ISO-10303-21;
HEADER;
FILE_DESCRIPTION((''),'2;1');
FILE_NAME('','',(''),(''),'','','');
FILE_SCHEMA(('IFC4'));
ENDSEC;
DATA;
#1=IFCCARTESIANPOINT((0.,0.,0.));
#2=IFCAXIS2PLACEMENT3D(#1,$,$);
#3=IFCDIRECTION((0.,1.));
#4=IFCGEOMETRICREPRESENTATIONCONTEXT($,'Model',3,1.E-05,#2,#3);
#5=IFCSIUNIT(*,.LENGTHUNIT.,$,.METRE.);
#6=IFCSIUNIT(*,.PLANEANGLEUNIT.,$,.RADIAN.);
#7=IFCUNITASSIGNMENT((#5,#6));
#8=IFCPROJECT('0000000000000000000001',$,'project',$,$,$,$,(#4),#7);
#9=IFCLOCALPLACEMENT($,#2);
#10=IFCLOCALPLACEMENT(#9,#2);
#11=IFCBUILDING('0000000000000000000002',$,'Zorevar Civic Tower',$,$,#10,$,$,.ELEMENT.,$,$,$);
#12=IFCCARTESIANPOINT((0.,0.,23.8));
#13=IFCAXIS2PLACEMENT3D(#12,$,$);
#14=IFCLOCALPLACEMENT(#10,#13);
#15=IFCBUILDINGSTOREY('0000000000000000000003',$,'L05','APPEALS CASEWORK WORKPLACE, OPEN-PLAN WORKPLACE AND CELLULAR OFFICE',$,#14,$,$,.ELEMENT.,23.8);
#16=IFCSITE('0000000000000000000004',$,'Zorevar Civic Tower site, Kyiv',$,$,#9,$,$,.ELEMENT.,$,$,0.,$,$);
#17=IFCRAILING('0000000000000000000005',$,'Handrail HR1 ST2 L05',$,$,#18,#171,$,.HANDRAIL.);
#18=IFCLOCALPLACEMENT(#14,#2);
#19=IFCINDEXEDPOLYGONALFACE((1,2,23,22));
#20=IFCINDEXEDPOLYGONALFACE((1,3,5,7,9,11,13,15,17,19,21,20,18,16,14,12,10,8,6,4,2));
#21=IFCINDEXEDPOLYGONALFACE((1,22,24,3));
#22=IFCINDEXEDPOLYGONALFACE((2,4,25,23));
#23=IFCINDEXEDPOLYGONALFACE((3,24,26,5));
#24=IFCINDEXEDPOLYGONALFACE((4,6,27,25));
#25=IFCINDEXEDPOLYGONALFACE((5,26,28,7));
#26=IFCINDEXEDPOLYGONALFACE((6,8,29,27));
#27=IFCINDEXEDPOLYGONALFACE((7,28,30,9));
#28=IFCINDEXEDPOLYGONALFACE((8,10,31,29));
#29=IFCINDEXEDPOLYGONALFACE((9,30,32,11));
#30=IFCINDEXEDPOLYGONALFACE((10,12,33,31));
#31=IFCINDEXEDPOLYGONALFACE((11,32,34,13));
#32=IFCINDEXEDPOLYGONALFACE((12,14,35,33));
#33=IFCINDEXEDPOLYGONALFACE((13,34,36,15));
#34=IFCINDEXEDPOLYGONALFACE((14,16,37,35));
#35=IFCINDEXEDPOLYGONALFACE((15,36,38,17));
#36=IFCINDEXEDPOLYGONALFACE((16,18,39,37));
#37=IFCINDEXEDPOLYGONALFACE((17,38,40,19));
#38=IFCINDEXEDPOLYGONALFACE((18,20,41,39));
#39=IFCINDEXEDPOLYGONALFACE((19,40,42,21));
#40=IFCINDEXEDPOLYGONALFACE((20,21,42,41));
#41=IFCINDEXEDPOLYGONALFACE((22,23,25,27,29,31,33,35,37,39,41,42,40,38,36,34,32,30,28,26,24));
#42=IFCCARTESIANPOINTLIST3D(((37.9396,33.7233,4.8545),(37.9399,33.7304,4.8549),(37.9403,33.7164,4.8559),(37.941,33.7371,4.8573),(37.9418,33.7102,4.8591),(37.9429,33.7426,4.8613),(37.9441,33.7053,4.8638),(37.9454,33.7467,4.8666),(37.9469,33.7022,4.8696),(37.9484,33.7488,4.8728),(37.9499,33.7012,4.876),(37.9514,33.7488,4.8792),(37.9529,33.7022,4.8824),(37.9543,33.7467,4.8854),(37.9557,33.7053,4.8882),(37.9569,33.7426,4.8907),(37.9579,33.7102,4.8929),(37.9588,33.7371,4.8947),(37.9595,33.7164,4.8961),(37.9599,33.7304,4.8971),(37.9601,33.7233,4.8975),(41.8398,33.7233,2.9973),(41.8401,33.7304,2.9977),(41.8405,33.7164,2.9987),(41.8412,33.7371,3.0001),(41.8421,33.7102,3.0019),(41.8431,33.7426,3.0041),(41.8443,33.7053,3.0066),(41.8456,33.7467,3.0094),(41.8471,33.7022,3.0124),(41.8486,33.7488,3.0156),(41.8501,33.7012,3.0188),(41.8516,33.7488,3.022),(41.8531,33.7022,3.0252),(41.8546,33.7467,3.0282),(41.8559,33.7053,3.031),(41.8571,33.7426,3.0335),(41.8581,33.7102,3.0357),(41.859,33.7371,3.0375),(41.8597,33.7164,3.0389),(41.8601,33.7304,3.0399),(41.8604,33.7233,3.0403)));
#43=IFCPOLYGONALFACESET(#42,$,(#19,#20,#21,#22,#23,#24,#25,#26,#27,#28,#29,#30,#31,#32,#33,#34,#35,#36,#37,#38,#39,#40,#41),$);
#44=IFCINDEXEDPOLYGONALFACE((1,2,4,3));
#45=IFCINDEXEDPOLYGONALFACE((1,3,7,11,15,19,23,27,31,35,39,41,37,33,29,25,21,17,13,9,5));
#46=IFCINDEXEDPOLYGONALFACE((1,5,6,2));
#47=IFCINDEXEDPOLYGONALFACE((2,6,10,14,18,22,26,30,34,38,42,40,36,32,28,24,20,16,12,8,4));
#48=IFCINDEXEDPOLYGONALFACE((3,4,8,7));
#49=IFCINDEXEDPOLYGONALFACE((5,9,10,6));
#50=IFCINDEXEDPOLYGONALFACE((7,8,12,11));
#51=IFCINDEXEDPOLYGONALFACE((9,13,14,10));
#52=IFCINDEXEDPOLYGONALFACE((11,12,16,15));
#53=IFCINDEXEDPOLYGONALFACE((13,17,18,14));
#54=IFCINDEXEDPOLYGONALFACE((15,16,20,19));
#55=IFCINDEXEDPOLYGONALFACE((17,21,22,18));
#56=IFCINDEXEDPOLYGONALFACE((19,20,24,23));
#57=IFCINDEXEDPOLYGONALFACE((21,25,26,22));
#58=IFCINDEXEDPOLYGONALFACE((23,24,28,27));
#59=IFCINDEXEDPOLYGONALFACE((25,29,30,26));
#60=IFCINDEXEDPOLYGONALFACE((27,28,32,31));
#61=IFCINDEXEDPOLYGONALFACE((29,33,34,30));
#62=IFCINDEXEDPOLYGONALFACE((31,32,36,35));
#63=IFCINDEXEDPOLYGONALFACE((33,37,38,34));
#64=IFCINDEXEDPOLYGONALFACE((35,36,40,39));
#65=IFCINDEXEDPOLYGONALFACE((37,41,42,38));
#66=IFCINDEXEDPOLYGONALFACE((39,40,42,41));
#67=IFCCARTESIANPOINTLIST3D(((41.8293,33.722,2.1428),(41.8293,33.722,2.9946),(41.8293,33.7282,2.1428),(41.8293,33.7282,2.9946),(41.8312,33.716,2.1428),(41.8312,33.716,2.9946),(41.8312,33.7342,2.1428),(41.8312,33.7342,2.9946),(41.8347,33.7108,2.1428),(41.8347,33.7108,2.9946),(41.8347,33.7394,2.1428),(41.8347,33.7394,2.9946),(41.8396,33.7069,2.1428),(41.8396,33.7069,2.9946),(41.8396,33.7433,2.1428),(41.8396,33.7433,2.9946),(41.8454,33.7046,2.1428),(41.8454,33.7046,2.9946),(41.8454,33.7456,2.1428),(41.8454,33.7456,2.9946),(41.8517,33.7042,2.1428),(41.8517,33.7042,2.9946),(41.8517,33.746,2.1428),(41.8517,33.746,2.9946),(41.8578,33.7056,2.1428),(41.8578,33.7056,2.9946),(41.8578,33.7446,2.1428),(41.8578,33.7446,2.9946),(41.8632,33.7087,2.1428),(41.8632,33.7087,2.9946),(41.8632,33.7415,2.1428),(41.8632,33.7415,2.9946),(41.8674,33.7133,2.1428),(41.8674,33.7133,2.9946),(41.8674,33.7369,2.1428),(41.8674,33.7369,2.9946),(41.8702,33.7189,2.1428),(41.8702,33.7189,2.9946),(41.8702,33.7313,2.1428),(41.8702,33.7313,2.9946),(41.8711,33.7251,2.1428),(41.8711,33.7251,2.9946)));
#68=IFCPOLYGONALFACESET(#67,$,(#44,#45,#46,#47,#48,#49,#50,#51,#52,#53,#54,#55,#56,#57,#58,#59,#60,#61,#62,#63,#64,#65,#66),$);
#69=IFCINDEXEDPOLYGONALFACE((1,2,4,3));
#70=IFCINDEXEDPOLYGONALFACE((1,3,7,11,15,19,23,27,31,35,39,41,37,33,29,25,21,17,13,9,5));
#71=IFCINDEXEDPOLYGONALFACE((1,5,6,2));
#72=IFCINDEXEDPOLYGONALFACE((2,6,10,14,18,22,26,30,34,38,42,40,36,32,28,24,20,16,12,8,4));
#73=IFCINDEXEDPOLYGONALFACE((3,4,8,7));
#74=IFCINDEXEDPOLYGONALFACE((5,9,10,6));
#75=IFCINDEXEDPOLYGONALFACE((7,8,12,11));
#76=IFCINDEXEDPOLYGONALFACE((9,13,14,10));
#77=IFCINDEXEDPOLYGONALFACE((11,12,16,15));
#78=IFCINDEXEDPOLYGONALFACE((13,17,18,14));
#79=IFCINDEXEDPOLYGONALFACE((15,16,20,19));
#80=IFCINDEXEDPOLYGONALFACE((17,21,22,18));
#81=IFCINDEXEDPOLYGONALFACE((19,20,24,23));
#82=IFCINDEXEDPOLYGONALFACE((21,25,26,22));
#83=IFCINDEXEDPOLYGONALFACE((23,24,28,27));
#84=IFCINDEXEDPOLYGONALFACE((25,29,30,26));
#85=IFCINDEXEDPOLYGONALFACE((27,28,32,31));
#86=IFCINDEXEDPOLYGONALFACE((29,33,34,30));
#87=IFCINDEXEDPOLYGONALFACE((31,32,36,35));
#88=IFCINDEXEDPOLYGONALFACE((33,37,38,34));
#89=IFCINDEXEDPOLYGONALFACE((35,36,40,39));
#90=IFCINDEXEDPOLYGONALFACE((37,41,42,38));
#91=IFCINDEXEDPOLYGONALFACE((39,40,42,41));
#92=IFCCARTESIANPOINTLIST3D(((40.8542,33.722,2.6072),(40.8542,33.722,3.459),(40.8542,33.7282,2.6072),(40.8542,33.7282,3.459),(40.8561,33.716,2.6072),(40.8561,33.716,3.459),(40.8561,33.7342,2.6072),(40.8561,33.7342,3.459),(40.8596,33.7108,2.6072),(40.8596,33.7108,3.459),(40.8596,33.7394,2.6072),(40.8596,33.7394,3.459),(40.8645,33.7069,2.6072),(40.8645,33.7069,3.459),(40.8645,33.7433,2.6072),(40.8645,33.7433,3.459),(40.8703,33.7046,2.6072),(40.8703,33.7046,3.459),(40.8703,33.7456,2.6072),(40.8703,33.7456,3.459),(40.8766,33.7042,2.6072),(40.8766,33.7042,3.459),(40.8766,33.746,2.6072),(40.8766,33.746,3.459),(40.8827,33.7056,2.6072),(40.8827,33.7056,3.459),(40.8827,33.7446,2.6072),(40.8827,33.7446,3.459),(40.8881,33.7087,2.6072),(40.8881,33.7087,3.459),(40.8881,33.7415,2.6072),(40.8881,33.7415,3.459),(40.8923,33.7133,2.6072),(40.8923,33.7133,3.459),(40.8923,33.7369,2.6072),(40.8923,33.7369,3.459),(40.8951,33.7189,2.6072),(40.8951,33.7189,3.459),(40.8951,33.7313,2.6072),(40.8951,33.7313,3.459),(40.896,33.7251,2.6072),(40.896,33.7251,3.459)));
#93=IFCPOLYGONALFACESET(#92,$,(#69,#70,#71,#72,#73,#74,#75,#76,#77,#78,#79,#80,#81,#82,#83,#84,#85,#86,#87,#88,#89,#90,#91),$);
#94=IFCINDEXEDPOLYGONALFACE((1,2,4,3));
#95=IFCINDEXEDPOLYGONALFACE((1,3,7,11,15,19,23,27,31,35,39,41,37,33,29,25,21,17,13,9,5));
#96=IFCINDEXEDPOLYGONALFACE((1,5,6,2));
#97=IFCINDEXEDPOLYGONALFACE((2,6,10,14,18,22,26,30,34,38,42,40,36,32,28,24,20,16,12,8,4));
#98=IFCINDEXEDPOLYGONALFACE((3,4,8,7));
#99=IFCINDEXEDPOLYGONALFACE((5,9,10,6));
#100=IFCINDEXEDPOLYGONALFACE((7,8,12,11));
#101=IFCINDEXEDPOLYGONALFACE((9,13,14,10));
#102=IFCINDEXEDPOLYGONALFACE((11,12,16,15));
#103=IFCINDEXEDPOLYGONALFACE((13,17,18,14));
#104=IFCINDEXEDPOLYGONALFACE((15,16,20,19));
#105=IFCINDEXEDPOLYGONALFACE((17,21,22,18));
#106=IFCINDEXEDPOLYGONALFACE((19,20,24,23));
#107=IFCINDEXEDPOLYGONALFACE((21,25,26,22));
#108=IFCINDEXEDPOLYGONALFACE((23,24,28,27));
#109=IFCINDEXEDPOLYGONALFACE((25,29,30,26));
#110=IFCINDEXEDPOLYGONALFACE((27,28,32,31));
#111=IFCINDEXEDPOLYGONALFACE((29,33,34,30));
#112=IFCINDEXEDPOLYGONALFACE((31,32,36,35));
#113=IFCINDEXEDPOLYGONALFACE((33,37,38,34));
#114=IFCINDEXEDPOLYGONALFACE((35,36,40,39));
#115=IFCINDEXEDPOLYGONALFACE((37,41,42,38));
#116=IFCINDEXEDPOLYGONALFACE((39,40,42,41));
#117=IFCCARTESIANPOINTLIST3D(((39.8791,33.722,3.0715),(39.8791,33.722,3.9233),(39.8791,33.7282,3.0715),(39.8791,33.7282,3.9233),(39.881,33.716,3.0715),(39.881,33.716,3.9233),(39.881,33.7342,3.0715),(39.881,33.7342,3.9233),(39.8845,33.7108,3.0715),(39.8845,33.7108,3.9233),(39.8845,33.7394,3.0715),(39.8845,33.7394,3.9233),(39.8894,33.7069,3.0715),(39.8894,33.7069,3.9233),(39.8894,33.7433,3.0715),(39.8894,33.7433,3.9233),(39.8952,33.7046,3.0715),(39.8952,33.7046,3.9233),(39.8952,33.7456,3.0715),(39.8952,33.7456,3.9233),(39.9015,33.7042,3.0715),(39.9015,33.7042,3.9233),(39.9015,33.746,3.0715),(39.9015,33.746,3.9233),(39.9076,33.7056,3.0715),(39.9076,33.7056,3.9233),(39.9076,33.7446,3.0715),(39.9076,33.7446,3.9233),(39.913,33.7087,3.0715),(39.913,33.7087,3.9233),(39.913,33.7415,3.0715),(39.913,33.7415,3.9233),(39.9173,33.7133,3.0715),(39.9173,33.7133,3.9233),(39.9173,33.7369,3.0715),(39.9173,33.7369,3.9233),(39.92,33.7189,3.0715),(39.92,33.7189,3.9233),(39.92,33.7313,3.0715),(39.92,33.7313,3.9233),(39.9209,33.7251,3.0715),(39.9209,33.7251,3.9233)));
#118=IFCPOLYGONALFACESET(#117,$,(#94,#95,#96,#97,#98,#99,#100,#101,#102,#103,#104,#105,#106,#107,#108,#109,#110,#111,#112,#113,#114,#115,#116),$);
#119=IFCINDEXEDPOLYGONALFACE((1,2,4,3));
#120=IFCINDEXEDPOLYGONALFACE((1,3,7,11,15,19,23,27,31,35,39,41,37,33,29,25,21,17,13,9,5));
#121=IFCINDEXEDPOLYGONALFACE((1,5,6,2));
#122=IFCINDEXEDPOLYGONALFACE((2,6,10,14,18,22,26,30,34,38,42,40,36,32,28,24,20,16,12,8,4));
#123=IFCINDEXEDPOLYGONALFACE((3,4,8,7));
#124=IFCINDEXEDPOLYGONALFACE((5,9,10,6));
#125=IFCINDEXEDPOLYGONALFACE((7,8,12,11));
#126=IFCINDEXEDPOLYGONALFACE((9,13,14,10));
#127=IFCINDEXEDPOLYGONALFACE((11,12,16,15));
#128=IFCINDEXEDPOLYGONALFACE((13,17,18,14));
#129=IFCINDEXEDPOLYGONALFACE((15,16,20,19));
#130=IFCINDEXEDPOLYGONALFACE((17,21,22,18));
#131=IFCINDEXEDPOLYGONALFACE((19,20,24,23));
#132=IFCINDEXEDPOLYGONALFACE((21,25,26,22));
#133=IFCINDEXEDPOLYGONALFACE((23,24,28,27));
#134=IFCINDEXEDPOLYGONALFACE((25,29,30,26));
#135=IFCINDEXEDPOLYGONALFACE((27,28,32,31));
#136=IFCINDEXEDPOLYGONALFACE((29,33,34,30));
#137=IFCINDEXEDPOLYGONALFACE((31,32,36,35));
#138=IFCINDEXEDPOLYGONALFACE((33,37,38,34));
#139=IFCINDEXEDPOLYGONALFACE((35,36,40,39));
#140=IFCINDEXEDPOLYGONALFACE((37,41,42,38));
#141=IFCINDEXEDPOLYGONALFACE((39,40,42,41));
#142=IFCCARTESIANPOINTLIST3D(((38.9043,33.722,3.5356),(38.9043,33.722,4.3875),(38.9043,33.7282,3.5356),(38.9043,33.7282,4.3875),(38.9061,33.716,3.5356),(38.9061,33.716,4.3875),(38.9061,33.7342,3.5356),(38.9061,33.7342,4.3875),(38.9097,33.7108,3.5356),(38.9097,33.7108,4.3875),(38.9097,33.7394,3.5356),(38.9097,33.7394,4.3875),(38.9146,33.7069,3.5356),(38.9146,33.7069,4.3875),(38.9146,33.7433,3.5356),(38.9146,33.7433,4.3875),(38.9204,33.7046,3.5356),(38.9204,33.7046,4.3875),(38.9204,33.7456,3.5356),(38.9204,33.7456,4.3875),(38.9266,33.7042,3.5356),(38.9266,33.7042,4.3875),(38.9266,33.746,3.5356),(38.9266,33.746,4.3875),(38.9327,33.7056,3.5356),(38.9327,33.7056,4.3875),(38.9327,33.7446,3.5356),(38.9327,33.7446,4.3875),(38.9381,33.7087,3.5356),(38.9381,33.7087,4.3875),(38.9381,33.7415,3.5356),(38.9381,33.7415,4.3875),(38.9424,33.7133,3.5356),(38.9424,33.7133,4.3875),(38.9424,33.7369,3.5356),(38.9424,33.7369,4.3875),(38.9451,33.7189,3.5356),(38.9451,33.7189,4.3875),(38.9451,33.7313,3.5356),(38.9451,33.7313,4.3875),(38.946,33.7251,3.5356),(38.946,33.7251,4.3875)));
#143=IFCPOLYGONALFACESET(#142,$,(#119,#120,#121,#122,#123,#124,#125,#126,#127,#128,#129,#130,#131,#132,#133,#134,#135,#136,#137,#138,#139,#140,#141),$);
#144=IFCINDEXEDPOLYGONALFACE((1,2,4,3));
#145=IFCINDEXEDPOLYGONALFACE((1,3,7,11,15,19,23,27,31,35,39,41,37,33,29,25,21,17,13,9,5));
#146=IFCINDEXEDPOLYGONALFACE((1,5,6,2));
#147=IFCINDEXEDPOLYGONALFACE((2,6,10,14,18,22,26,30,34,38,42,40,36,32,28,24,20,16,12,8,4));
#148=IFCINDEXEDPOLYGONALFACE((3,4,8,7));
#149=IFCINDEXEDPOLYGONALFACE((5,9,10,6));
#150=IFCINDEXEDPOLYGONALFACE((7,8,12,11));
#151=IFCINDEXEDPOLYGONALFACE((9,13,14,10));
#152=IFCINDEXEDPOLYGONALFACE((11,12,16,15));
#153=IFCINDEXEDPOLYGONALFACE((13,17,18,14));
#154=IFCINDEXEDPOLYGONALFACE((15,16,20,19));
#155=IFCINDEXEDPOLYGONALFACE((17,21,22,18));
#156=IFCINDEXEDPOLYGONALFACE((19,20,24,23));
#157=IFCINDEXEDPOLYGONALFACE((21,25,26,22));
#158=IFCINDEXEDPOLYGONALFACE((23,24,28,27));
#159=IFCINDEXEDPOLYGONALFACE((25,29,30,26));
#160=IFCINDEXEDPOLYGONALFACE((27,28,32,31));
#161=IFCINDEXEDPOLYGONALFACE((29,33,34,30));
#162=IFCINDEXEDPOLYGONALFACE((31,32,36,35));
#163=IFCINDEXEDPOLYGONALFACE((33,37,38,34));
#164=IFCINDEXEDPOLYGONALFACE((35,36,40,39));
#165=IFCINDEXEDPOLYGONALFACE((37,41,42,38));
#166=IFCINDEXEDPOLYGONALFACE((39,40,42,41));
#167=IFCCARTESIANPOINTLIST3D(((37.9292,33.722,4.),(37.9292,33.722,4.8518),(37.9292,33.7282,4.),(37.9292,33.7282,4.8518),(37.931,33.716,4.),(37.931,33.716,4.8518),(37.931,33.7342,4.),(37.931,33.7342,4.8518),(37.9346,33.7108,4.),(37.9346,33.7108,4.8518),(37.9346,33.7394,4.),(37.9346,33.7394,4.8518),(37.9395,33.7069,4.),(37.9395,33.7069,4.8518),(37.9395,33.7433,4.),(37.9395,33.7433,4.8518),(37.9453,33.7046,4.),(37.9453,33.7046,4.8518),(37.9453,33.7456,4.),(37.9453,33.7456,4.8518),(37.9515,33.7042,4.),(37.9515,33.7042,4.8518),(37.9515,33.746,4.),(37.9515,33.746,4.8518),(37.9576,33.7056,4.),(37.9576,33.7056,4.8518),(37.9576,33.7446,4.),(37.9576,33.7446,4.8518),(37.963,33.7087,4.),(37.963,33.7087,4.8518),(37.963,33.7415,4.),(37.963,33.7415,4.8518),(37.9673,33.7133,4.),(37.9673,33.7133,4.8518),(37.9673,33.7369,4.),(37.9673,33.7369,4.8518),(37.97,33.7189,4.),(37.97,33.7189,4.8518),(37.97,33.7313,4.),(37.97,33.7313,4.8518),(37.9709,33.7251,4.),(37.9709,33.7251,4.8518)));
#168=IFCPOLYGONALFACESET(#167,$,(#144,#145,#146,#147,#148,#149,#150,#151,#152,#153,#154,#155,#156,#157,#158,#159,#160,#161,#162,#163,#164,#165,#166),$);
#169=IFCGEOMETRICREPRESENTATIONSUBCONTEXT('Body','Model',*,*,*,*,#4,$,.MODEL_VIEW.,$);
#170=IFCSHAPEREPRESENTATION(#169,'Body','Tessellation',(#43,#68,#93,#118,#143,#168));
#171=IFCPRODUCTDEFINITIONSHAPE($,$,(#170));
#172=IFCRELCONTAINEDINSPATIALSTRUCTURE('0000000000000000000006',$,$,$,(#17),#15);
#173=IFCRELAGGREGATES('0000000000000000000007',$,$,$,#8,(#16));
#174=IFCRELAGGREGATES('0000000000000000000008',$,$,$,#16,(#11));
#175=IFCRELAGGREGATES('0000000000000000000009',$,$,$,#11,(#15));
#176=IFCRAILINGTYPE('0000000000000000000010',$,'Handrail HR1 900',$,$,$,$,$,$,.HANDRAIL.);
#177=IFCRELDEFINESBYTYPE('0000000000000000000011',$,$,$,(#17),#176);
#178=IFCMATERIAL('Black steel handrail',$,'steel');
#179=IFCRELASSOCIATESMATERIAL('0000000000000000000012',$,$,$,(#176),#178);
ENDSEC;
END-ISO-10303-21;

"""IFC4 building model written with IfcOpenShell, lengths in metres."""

from ifc_helpers import new_model, si_unit, direction, frame, origin, origin_2d, place, context, subcontext, project, spatial, circle, extrude, material, type_object, element, save


model = new_model("IFC4")

# Units and contexts
model_context = context("Model", 3, precision=1e-05, world=origin(), true_north=direction((0.0, 1.0)))
body_context = subcontext(model_context, "Body", "Model", "MODEL_VIEW")
ifc_project = project(units=[si_unit("LENGTHUNIT", "METRE"), si_unit("PLANEANGLEUNIT", "RADIAN")], contexts=[model_context])

# Site, building, storey
site_placement = place(None, origin())
site = spatial("IfcSite", under=ifc_project, at=site_placement, Name="Zorevar Civic Tower site, Kyiv", CompositionType="ELEMENT", RefElevation=0.0)
building_placement = place(site_placement, origin())
building = spatial("IfcBuilding", under=site, at=building_placement, Name="Zorevar Civic Tower", CompositionType="ELEMENT")
storey_placement = place(building_placement, frame((0.0, 0.0, 23.8)))
storey = spatial("IfcBuildingStorey", under=building, at=storey_placement, Name="L05", Description="APPEALS CASEWORK WORKPLACE, OPEN-PLAN WORKPLACE AND CELLULAR OFFICE", CompositionType="ELEMENT", Elevation=23.8)

# Railing
ifc_material_1 = material(Name="Black steel handrail", Category="steel")
railing_type = type_object("IfcRailingType", Name="Handrail HR1 900", PredefinedType="HANDRAIL", material=ifc_material_1)
railing_1_placement = place(storey_placement, frame((41.8501, 33.7251, 2.1428)))
element("IfcRailing", 1, at=railing_1_placement, inside=storey, type_object=railing_type, Name="Handrail HR1 ST2 L05", PredefinedType="HANDRAIL", context=body_context, shape_type="SweptSolid", body=[
    extrude(circle(Radius=0.0239, at=origin_2d()), frame((0.0, 0.0, 0.876), z_axis=(-0.902864, 0.0, 0.429927), x_axis=(0.0, -1.0, 0.0)), (0.0, 0.0, 1.0), 4.3198),
    extrude(circle(Radius=0.021, at=origin_2d()), origin(), (0.0, 0.0, 1.0), 0.8518),
    extrude(circle(Radius=0.021, at=origin_2d()), frame((-0.9751, 0.0, 0.4644)), (0.0, 0.0, 1.0), 0.8518),
    extrude(circle(Radius=0.021, at=origin_2d()), frame((-1.9502, 0.0, 0.9287)), (0.0, 0.0, 1.0), 0.8518),
    extrude(circle(Radius=0.021, at=origin_2d()), frame((-2.925, 0.0, 1.3928)), (0.0, 0.0, 1.0), 0.8518),
    extrude(circle(Radius=0.021, at=origin_2d()), frame((-3.9001, 0.0, 1.8572)), (0.0, 0.0, 1.0), 0.8518),
])

save(model, "model.ifc")
